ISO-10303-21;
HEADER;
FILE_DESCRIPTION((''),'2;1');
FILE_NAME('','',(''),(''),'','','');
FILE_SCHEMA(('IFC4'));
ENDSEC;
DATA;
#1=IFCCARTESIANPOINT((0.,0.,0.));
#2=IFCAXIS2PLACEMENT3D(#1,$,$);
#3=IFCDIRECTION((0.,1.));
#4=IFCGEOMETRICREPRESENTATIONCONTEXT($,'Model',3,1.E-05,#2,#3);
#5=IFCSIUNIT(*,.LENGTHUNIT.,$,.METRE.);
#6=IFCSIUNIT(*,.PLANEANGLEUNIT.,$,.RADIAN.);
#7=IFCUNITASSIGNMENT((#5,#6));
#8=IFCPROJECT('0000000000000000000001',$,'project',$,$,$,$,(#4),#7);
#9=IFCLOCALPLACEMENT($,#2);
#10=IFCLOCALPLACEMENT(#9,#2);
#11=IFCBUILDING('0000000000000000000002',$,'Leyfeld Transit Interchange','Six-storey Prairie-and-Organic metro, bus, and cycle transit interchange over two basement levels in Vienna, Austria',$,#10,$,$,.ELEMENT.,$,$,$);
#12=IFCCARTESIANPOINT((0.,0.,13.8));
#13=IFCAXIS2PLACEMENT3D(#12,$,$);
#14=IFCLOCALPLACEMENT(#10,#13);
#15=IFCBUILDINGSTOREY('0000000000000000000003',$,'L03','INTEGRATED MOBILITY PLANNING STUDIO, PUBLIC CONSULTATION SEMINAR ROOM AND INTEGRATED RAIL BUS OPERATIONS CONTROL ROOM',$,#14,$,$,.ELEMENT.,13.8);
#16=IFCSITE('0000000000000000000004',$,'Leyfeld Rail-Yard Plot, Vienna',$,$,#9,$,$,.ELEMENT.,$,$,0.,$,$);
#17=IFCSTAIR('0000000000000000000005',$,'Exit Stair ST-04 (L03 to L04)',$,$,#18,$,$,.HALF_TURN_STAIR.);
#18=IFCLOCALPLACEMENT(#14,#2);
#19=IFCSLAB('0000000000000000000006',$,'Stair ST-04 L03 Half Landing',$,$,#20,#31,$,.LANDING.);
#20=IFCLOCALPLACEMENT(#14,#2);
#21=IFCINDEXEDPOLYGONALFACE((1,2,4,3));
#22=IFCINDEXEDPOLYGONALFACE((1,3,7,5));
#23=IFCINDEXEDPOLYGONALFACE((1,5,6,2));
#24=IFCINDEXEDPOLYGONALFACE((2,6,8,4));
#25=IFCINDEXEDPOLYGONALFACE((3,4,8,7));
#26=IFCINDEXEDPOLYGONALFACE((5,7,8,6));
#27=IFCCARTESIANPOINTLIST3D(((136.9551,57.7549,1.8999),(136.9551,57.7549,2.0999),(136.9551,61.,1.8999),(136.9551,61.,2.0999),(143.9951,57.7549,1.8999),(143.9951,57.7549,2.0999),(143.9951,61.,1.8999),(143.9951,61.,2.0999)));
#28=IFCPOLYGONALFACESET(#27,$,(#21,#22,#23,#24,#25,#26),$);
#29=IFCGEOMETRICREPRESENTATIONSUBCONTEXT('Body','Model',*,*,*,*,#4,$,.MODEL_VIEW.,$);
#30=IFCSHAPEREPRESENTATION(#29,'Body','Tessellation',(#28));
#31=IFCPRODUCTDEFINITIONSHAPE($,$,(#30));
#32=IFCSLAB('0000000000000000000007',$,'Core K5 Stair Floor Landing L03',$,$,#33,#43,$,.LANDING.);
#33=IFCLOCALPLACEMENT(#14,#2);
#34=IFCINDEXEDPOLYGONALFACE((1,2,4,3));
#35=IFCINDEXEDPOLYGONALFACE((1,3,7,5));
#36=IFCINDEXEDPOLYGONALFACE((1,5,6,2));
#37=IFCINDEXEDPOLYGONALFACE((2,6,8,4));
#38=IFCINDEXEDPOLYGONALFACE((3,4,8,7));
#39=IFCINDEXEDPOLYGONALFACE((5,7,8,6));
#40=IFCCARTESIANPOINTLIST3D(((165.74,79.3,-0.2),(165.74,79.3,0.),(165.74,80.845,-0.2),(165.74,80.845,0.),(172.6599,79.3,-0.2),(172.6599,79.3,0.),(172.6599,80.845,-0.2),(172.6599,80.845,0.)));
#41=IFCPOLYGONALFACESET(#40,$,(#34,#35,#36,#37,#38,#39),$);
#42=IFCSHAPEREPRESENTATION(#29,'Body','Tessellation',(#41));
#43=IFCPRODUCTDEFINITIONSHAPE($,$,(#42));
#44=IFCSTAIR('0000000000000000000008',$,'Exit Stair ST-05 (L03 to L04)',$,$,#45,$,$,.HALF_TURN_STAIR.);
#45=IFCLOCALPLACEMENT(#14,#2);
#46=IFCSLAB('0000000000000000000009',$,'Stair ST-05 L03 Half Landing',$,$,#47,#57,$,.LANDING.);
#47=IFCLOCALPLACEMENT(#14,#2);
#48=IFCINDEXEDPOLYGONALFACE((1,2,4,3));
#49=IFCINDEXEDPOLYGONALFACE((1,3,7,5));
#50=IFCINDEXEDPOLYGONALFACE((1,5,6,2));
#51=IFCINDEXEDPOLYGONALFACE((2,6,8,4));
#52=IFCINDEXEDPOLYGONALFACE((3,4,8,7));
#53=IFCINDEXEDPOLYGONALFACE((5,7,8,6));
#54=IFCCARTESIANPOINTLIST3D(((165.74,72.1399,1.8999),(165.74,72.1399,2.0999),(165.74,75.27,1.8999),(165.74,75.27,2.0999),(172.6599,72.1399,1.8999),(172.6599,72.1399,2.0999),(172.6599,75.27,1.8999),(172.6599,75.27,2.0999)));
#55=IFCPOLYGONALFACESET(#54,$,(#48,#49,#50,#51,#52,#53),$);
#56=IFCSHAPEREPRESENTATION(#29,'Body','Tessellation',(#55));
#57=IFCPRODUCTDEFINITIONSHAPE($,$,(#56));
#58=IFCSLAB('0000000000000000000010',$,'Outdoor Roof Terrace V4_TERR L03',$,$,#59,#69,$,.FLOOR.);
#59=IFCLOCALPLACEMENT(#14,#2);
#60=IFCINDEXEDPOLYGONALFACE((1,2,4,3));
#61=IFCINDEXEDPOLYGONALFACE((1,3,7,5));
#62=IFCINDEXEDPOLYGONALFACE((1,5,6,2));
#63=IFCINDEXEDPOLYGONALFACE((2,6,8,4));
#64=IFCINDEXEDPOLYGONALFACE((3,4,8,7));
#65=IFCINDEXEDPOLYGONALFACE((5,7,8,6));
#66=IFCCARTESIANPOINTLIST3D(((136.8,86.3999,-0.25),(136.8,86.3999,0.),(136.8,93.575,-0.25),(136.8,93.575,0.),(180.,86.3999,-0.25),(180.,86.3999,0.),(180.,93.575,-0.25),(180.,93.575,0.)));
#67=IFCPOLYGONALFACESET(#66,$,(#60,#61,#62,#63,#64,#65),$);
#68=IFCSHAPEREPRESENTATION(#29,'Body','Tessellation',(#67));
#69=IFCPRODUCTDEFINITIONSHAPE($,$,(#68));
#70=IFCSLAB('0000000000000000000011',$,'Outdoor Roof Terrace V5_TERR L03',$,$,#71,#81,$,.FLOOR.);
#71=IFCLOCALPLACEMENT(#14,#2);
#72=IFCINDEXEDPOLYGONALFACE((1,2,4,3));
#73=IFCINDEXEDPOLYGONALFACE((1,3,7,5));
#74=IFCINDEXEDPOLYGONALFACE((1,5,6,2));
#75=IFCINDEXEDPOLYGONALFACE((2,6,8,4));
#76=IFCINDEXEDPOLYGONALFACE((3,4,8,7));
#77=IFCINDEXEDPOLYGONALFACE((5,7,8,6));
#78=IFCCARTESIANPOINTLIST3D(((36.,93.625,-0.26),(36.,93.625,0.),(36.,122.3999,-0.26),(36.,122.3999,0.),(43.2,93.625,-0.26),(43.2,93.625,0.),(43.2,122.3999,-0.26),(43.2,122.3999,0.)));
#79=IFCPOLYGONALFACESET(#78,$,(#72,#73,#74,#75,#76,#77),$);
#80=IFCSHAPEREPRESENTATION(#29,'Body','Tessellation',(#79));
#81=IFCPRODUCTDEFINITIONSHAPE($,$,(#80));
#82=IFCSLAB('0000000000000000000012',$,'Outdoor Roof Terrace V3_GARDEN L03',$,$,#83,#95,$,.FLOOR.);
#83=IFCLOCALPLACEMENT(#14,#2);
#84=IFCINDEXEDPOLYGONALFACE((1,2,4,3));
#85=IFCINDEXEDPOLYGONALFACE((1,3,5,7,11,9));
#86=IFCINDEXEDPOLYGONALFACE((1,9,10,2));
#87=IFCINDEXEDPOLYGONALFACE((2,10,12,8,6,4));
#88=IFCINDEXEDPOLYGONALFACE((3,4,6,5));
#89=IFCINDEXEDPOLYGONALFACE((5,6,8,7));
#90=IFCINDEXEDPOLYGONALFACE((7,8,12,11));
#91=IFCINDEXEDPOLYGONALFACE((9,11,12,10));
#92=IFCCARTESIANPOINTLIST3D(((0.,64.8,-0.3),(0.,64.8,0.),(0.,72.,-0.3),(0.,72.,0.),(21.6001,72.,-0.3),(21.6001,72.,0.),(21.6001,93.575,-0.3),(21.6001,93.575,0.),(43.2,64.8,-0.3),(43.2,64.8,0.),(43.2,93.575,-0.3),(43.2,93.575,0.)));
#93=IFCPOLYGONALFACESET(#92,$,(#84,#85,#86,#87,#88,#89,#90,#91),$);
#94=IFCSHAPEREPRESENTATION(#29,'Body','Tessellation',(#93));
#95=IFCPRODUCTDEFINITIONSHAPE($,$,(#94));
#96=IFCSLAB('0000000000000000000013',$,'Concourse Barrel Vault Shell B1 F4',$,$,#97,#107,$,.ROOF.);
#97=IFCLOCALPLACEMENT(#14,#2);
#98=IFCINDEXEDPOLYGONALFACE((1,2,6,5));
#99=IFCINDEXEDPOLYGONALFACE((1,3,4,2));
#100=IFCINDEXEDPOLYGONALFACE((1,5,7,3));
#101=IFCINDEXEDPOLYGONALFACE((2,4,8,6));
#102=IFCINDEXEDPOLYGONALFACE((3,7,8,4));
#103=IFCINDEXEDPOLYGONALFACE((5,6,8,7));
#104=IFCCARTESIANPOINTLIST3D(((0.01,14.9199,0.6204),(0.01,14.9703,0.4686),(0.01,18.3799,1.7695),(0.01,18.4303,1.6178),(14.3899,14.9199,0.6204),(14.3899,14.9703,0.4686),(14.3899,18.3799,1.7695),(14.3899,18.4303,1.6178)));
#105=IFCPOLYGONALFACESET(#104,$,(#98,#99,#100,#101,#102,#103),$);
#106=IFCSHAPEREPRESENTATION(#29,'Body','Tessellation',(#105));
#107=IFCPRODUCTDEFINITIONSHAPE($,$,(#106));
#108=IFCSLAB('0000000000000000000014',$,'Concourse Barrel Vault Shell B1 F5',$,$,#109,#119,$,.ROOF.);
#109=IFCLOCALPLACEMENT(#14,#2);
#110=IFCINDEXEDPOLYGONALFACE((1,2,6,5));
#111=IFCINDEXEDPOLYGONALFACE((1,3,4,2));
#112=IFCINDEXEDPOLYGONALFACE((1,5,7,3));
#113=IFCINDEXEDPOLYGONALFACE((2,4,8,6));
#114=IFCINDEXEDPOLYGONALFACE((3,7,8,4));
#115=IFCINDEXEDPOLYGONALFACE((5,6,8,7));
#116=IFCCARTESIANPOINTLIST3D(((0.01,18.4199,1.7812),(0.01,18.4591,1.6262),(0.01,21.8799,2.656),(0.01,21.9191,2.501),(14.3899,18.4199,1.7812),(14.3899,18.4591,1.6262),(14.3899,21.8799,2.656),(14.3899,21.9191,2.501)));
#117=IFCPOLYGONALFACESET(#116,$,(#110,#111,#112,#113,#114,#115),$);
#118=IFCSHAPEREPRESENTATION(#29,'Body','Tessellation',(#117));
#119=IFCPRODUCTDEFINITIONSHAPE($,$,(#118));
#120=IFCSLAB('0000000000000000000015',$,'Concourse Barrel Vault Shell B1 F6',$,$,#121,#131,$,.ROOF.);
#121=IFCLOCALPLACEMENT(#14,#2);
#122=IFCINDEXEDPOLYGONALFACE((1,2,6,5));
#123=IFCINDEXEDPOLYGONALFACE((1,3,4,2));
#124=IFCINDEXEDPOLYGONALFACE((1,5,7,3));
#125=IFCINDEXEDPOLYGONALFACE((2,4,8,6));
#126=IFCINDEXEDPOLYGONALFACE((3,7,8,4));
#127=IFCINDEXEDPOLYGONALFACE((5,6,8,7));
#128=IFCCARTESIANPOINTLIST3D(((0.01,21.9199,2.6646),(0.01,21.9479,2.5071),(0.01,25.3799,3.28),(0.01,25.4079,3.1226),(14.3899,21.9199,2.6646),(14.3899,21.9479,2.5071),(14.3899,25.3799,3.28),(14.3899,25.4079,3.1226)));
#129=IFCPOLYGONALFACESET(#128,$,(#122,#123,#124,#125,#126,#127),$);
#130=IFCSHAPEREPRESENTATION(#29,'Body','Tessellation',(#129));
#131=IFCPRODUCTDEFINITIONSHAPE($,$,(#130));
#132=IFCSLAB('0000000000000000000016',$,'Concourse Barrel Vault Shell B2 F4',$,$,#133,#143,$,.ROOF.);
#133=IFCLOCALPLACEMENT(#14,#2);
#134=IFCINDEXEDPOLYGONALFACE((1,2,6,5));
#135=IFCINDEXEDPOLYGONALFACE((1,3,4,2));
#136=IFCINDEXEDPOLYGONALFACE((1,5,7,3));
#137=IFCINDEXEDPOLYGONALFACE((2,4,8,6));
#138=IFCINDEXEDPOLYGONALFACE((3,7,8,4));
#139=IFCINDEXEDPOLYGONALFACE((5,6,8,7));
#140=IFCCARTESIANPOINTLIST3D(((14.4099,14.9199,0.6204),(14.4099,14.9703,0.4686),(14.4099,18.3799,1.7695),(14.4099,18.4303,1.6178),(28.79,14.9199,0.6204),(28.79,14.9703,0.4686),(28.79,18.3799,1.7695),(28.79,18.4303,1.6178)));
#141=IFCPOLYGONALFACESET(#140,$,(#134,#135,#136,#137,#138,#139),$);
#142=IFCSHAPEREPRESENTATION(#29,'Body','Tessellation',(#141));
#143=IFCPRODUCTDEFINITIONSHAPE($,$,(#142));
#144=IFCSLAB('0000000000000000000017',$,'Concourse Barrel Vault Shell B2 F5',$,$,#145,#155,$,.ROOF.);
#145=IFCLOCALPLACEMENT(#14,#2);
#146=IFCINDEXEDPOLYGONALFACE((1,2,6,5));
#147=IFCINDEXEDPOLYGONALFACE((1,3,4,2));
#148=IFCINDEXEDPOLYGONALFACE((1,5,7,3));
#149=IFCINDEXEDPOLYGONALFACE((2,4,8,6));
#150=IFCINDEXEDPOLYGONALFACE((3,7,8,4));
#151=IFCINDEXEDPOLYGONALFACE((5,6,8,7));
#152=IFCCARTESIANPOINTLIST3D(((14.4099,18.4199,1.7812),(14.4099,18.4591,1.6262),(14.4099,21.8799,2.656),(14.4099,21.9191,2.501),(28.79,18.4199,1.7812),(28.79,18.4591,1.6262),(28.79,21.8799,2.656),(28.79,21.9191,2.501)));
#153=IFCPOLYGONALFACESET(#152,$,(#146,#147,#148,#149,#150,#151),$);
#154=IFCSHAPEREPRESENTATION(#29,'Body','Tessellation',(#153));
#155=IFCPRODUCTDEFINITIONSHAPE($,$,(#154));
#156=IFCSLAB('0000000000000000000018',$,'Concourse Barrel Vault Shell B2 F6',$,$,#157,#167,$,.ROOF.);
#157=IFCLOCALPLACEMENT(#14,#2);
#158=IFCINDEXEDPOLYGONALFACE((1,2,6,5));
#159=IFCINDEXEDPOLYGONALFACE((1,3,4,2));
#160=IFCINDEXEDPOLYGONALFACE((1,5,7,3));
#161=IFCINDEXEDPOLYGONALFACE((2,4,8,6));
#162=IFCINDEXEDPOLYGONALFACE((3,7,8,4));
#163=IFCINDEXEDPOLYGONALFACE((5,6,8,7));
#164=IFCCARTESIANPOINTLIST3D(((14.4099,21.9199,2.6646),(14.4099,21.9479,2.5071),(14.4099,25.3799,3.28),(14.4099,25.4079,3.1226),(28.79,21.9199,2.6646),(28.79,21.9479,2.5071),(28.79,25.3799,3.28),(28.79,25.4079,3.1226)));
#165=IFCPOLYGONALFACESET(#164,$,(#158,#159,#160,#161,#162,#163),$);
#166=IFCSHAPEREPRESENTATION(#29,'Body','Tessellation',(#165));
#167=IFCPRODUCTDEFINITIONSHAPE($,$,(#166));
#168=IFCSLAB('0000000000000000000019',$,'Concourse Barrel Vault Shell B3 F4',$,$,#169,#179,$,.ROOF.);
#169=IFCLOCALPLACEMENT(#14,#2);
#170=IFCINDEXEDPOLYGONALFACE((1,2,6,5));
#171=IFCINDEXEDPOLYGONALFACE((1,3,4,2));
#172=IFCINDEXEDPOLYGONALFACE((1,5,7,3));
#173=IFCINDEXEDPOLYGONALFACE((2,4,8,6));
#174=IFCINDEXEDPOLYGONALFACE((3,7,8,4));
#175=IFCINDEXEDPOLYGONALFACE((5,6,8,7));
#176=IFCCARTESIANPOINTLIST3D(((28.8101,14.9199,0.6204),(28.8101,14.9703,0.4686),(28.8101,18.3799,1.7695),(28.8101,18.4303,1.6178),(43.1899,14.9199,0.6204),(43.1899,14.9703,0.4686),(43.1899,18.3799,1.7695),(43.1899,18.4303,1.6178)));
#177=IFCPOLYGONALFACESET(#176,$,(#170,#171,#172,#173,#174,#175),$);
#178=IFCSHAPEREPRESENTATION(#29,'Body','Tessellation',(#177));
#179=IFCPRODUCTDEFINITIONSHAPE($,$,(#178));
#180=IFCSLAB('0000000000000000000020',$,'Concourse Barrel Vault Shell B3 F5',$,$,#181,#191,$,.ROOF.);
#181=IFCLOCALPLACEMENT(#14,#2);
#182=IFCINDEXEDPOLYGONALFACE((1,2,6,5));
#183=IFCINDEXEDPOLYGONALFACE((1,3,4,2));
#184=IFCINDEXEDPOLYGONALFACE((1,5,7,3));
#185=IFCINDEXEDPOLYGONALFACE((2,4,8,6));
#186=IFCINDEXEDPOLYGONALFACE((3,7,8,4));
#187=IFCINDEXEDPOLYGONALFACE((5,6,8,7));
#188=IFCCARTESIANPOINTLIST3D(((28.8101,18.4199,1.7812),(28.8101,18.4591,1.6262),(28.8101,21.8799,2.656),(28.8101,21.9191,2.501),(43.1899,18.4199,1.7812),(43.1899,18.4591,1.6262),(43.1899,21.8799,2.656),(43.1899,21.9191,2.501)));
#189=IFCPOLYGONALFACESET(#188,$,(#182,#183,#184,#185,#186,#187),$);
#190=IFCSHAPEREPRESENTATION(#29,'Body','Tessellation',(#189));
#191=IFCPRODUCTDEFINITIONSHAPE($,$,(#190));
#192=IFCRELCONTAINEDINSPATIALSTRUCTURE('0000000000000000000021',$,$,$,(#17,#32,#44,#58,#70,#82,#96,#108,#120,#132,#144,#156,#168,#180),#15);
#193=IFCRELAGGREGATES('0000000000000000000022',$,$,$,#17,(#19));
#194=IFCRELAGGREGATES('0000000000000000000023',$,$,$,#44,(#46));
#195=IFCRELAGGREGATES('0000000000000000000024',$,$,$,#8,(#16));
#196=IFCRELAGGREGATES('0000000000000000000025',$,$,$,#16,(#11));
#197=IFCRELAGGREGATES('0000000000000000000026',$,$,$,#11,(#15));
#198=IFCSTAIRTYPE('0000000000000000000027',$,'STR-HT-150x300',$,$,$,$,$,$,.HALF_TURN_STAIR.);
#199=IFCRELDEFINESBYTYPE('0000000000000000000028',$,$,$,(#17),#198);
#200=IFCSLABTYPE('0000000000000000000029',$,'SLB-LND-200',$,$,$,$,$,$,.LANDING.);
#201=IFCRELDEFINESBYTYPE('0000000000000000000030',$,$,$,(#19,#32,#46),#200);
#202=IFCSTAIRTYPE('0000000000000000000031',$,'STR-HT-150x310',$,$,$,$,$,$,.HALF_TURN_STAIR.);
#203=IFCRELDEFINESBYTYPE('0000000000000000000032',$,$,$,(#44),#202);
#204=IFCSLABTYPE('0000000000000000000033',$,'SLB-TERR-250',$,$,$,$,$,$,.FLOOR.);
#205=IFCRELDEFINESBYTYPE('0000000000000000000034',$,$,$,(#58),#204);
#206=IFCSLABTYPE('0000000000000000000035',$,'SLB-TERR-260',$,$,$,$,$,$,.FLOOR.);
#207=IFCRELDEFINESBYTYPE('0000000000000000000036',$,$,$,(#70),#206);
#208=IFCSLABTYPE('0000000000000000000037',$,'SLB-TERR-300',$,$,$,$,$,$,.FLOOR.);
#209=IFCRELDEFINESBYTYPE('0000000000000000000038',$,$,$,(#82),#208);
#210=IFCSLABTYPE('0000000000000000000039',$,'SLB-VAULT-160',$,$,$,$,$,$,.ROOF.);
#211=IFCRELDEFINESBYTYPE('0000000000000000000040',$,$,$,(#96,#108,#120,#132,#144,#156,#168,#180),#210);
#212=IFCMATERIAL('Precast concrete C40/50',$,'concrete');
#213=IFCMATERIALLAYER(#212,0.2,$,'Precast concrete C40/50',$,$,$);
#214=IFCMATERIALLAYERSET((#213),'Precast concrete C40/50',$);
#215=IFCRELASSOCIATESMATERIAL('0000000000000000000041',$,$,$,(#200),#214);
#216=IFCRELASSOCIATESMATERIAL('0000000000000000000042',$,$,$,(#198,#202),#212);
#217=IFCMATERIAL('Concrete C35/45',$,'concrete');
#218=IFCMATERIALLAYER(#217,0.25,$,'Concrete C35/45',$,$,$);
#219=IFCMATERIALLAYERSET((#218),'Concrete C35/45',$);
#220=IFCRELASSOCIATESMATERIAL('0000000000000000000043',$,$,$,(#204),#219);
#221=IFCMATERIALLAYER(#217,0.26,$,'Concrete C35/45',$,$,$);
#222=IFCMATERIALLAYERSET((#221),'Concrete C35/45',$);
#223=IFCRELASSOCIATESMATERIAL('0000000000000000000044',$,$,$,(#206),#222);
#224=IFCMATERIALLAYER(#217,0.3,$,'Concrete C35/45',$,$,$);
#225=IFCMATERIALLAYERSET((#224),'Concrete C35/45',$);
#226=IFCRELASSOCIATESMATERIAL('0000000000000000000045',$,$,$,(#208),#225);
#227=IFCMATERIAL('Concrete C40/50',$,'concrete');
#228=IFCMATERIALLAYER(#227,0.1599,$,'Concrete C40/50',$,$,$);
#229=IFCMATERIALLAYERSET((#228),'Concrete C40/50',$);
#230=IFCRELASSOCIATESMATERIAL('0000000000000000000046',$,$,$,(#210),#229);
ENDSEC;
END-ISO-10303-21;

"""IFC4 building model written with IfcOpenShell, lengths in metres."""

from ifc_helpers import new_model, si_unit, direction, frame, origin, place, context, subcontext, project, spatial, polyline, outline, extrude, material, layer, layer_set, type_object, element, aggregate, save


model = new_model("IFC4")

# Units and contexts
model_context = context("Model", 3, precision=1e-05, world=origin(), true_north=direction((0.0, 1.0)))
body_context = subcontext(model_context, "Body", "Model", "MODEL_VIEW")
ifc_project = project(units=[si_unit("LENGTHUNIT", "METRE"), si_unit("PLANEANGLEUNIT", "RADIAN")], contexts=[model_context])

# Site, building, storey
site_placement = place(None, origin())
site = spatial("IfcSite", under=ifc_project, at=site_placement, Name="Leyfeld Rail-Yard Plot, Vienna", CompositionType="ELEMENT", RefElevation=0.0)
building_placement = place(site_placement, origin())
building = spatial("IfcBuilding", under=site, at=building_placement, Name="Leyfeld Transit Interchange", Description="Six-storey Prairie-and-Organic metro, bus, and cycle transit interchange over two basement levels in Vienna, Austria", CompositionType="ELEMENT")
storey_placement = place(building_placement, frame((0.0, 0.0, 13.8)))
storey = spatial("IfcBuildingStorey", under=building, at=storey_placement, Name="L03", Description="INTEGRATED MOBILITY PLANNING STUDIO, PUBLIC CONSULTATION SEMINAR ROOM AND INTEGRATED RAIL BUS OPERATIONS CONTROL ROOM", CompositionType="ELEMENT", Elevation=13.8)

# Shared definitions
ifc_material_1 = material(Name="Concrete C35/45", Category="concrete")
ifc_material_2 = material(Name="Precast concrete C40/50", Category="concrete")
ifc_layer_1 = layer(ifc_material_2, 0.2, Name="Precast concrete C40/50")
ifc_layer_set_1 = layer_set([ifc_layer_1], Name="Precast concrete C40/50")
slab_type_1 = type_object("IfcSlabType", Name="SLB-LND-200", PredefinedType="LANDING", material=ifc_layer_set_1)

# Shared definitions
stair_type_1 = type_object("IfcStairType", Name="STR-HT-150x300", PredefinedType="HALF_TURN_STAIR", material=ifc_material_2)

# Shared definitions
stair_type_2 = type_object("IfcStairType", Name="STR-HT-150x310", PredefinedType="HALF_TURN_STAIR", material=ifc_material_2)

# Stair, slab
stair_1_placement = place(storey_placement, origin())
stair_1 = element("IfcStair", 1, at=stair_1_placement, inside=storey, type_object=stair_type_1, Name="Exit Stair ST-04 (L03 to L04)", PredefinedType="HALF_TURN_STAIR")
slab_1_placement = place(storey_placement, frame((0.0, 0.0, 1.8999)))
slab_1 = element("IfcSlab", 2, at=slab_1_placement, type_object=slab_type_1, Name="Stair ST-04 L03 Half Landing", PredefinedType="LANDING", context=body_context, shape_type="SweptSolid", body=[
    extrude(outline(polyline([(136.9551, 57.7549), (143.9951, 57.7549), (143.9951, 61.0), (136.9551, 61.0), (136.9551, 57.7549)])), origin(), (0.0, 0.0, 1.0), 0.2),
])
aggregate(stair_1, [slab_1])

# Slab
slab_2_placement = place(storey_placement, frame((0.0, 0.0, -0.2)))
element("IfcSlab", 3, at=slab_2_placement, inside=storey, type_object=slab_type_1, Name="Core K5 Stair Floor Landing L03", PredefinedType="LANDING", context=body_context, shape_type="SweptSolid", body=[
    extrude(outline(polyline([(165.74, 79.3), (172.6599, 79.3), (172.6599, 80.845), (165.74, 80.845), (165.74, 79.3)])), origin(), (0.0, 0.0, 1.0), 0.2),
])

# Stair, slab
stair_2_placement = place(storey_placement, origin())
stair_2 = element("IfcStair", 4, at=stair_2_placement, inside=storey, type_object=stair_type_2, Name="Exit Stair ST-05 (L03 to L04)", PredefinedType="HALF_TURN_STAIR")
slab_3_placement = place(storey_placement, frame((0.0, 0.0, 1.8999)))
slab_3 = element("IfcSlab", 5, at=slab_3_placement, type_object=slab_type_1, Name="Stair ST-05 L03 Half Landing", PredefinedType="LANDING", context=body_context, shape_type="SweptSolid", body=[
    extrude(outline(polyline([(165.74, 72.1399), (172.6599, 72.1399), (172.6599, 75.27), (165.74, 75.27), (165.74, 72.1399)])), origin(), (0.0, 0.0, 1.0), 0.2),
])
aggregate(stair_2, [slab_3])

# Slabs
ifc_layer_2 = layer(ifc_material_1, 0.25, Name="Concrete C35/45")
ifc_layer_set_2 = layer_set([ifc_layer_2], Name="Concrete C35/45")
slab_type_2 = type_object("IfcSlabType", Name="SLB-TERR-250", PredefinedType="FLOOR", material=ifc_layer_set_2)
slab_4_placement = place(storey_placement, frame((0.0, 0.0, -0.25)))
element("IfcSlab", 6, at=slab_4_placement, inside=storey, type_object=slab_type_2, Name="Outdoor Roof Terrace V4_TERR L03", PredefinedType="FLOOR", context=body_context, shape_type="SweptSolid", body=[
    extrude(outline(polyline([(180.0, 93.575), (136.8, 93.575), (136.8, 86.3999), (180.0, 86.3999), (180.0, 93.575)])), origin(), (0.0, 0.0, 1.0), 0.25),
])
ifc_layer_3 = layer(ifc_material_1, 0.26, Name="Concrete C35/45")
ifc_layer_set_3 = layer_set([ifc_layer_3], Name="Concrete C35/45")
slab_type_3 = type_object("IfcSlabType", Name="SLB-TERR-260", PredefinedType="FLOOR", material=ifc_layer_set_3)
slab_5_placement = place(storey_placement, frame((0.0, 0.0, -0.26)))
element("IfcSlab", 7, at=slab_5_placement, inside=storey, type_object=slab_type_3, Name="Outdoor Roof Terrace V5_TERR L03", PredefinedType="FLOOR", context=body_context, shape_type="SweptSolid", body=[
    extrude(outline(polyline([(36.0, 93.625), (43.2, 93.625), (43.2, 122.3999), (36.0, 122.3999), (36.0, 93.625)])), origin(), (0.0, 0.0, 1.0), 0.26),
])
ifc_layer_4 = layer(ifc_material_1, 0.3, Name="Concrete C35/45")
ifc_layer_set_4 = layer_set([ifc_layer_4], Name="Concrete C35/45")
slab_type_4 = type_object("IfcSlabType", Name="SLB-TERR-300", PredefinedType="FLOOR", material=ifc_layer_set_4)
slab_6_placement = place(storey_placement, frame((0.0, 0.0, -0.3)))
element("IfcSlab", 8, at=slab_6_placement, inside=storey, type_object=slab_type_4, Name="Outdoor Roof Terrace V3_GARDEN L03", PredefinedType="FLOOR", context=body_context, shape_type="SweptSolid", body=[
    extrude(outline(polyline([(43.2, 93.575), (21.6001, 93.575), (21.6001, 72.0), (0.0, 72.0), (0.0, 64.8), (43.2, 64.8), (43.2, 93.575)])), origin(), (0.0, 0.0, 1.0), 0.3),
])
ifc_material_3 = material(Name="Concrete C40/50", Category="concrete")
ifc_layer_5 = layer(ifc_material_3, 0.1599, Name="Concrete C40/50")
ifc_layer_set_5 = layer_set([ifc_layer_5], Name="Concrete C40/50")
slab_type_5 = type_object("IfcSlabType", Name="SLB-VAULT-160", PredefinedType="ROOF", material=ifc_layer_set_5)
slab_7_placement = place(storey_placement, frame((0.01, 14.9199, 0.6204), z_axis=(0.0, -0.315203, 0.949024), x_axis=(1.0, 0.0, 0.0)))
element("IfcSlab", 9, at=slab_7_placement, inside=storey, type_object=slab_type_5, Name="Concourse Barrel Vault Shell B1 F4", PredefinedType="ROOF", context=body_context, shape_type="SweptSolid", body=[
    extrude(outline(polyline([(0.0, 0.0), (14.3799, 0.0), (14.3799, 3.6458), (0.0, 3.6458), (0.0, 0.0)])), origin(), (0.0, 0.0, -1.0), 0.1599),
])
slab_8_placement = place(storey_placement, frame((0.01, 18.4199, 1.7812), z_axis=(0.0, -0.24511, 0.969495), x_axis=(1.0, 0.0, 0.0)))
element("IfcSlab", 10, at=slab_8_placement, inside=storey, type_object=slab_type_5, Name="Concourse Barrel Vault Shell B1 F5", PredefinedType="ROOF", context=body_context, shape_type="SweptSolid", body=[
    extrude(outline(polyline([(0.0, 0.0), (14.3799, 0.0), (14.3799, 3.5688), (0.0, 3.5688), (0.0, 0.0)])), origin(), (0.0, 0.0, -1.0), 0.1599),
])
slab_9_placement = place(storey_placement, frame((0.01, 21.9199, 2.6646), z_axis=(0.0, -0.175137, 0.984544), x_axis=(1.0, 0.0, 0.0)))
element("IfcSlab", 11, at=slab_9_placement, inside=storey, type_object=slab_type_5, Name="Concourse Barrel Vault Shell B1 F6", PredefinedType="ROOF", context=body_context, shape_type="SweptSolid", body=[
    extrude(outline(polyline([(0.0, 0.0), (14.3799, 0.0), (14.3799, 3.5143), (0.0, 3.5143), (0.0, 0.0)])), origin(), (0.0, 0.0, -1.0), 0.1599),
])
slab_10_placement = place(storey_placement, frame((14.4099, 14.9199, 0.6204), z_axis=(0.0, -0.315203, 0.949024), x_axis=(1.0, 0.0, 0.0)))
element("IfcSlab", 12, at=slab_10_placement, inside=storey, type_object=slab_type_5, Name="Concourse Barrel Vault Shell B2 F4", PredefinedType="ROOF", context=body_context, shape_type="SweptSolid", body=[
    extrude(outline(polyline([(0.0, 0.0), (14.3801, 0.0), (14.3801, 3.6458), (0.0, 3.6458), (0.0, 0.0)])), origin(), (0.0, 0.0, -1.0), 0.1599),
])
slab_11_placement = place(storey_placement, frame((14.4099, 18.4199, 1.7812), z_axis=(0.0, -0.24511, 0.969495), x_axis=(1.0, 0.0, 0.0)))
element("IfcSlab", 13, at=slab_11_placement, inside=storey, type_object=slab_type_5, Name="Concourse Barrel Vault Shell B2 F5", PredefinedType="ROOF", context=body_context, shape_type="SweptSolid", body=[
    extrude(outline(polyline([(0.0, 0.0), (14.3801, 0.0), (14.3801, 3.5688), (0.0, 3.5688), (0.0, 0.0)])), origin(), (0.0, 0.0, -1.0), 0.1599),
])
slab_12_placement = place(storey_placement, frame((14.4099, 21.9199, 2.6646), z_axis=(0.0, -0.175137, 0.984544), x_axis=(1.0, 0.0, 0.0)))
element("IfcSlab", 14, at=slab_12_placement, inside=storey, type_object=slab_type_5, Name="Concourse Barrel Vault Shell B2 F6", PredefinedType="ROOF", context=body_context, shape_type="SweptSolid", body=[
    extrude(outline(polyline([(0.0, 0.0), (14.3801, 0.0), (14.3801, 3.5143), (0.0, 3.5143), (0.0, 0.0)])), origin(), (0.0, 0.0, -1.0), 0.1599),
])
slab_13_placement = place(storey_placement, frame((28.8101, 14.9199, 0.6204), z_axis=(0.0, -0.315203, 0.949024), x_axis=(1.0, 0.0, 0.0)))
element("IfcSlab", 15, at=slab_13_placement, inside=storey, type_object=slab_type_5, Name="Concourse Barrel Vault Shell B3 F4", PredefinedType="ROOF", context=body_context, shape_type="SweptSolid", body=[
    extrude(outline(polyline([(0.0, 0.0), (14.3799, 0.0), (14.3799, 3.6458), (0.0, 3.6458), (0.0, 0.0)])), origin(), (0.0, 0.0, -1.0), 0.1599),
])
slab_14_placement = place(storey_placement, frame((28.8101, 18.4199, 1.7812), z_axis=(0.0, -0.24511, 0.969495), x_axis=(1.0, 0.0, 0.0)))
element("IfcSlab", 16, at=slab_14_placement, inside=storey, type_object=slab_type_5, Name="Concourse Barrel Vault Shell B3 F5", PredefinedType="ROOF", context=body_context, shape_type="SweptSolid", body=[
    extrude(outline(polyline([(0.0, 0.0), (14.3799, 0.0), (14.3799, 3.5688), (0.0, 3.5688), (0.0, 0.0)])), origin(), (0.0, 0.0, -1.0), 0.1599),
])

save(model, "model.ifc")
